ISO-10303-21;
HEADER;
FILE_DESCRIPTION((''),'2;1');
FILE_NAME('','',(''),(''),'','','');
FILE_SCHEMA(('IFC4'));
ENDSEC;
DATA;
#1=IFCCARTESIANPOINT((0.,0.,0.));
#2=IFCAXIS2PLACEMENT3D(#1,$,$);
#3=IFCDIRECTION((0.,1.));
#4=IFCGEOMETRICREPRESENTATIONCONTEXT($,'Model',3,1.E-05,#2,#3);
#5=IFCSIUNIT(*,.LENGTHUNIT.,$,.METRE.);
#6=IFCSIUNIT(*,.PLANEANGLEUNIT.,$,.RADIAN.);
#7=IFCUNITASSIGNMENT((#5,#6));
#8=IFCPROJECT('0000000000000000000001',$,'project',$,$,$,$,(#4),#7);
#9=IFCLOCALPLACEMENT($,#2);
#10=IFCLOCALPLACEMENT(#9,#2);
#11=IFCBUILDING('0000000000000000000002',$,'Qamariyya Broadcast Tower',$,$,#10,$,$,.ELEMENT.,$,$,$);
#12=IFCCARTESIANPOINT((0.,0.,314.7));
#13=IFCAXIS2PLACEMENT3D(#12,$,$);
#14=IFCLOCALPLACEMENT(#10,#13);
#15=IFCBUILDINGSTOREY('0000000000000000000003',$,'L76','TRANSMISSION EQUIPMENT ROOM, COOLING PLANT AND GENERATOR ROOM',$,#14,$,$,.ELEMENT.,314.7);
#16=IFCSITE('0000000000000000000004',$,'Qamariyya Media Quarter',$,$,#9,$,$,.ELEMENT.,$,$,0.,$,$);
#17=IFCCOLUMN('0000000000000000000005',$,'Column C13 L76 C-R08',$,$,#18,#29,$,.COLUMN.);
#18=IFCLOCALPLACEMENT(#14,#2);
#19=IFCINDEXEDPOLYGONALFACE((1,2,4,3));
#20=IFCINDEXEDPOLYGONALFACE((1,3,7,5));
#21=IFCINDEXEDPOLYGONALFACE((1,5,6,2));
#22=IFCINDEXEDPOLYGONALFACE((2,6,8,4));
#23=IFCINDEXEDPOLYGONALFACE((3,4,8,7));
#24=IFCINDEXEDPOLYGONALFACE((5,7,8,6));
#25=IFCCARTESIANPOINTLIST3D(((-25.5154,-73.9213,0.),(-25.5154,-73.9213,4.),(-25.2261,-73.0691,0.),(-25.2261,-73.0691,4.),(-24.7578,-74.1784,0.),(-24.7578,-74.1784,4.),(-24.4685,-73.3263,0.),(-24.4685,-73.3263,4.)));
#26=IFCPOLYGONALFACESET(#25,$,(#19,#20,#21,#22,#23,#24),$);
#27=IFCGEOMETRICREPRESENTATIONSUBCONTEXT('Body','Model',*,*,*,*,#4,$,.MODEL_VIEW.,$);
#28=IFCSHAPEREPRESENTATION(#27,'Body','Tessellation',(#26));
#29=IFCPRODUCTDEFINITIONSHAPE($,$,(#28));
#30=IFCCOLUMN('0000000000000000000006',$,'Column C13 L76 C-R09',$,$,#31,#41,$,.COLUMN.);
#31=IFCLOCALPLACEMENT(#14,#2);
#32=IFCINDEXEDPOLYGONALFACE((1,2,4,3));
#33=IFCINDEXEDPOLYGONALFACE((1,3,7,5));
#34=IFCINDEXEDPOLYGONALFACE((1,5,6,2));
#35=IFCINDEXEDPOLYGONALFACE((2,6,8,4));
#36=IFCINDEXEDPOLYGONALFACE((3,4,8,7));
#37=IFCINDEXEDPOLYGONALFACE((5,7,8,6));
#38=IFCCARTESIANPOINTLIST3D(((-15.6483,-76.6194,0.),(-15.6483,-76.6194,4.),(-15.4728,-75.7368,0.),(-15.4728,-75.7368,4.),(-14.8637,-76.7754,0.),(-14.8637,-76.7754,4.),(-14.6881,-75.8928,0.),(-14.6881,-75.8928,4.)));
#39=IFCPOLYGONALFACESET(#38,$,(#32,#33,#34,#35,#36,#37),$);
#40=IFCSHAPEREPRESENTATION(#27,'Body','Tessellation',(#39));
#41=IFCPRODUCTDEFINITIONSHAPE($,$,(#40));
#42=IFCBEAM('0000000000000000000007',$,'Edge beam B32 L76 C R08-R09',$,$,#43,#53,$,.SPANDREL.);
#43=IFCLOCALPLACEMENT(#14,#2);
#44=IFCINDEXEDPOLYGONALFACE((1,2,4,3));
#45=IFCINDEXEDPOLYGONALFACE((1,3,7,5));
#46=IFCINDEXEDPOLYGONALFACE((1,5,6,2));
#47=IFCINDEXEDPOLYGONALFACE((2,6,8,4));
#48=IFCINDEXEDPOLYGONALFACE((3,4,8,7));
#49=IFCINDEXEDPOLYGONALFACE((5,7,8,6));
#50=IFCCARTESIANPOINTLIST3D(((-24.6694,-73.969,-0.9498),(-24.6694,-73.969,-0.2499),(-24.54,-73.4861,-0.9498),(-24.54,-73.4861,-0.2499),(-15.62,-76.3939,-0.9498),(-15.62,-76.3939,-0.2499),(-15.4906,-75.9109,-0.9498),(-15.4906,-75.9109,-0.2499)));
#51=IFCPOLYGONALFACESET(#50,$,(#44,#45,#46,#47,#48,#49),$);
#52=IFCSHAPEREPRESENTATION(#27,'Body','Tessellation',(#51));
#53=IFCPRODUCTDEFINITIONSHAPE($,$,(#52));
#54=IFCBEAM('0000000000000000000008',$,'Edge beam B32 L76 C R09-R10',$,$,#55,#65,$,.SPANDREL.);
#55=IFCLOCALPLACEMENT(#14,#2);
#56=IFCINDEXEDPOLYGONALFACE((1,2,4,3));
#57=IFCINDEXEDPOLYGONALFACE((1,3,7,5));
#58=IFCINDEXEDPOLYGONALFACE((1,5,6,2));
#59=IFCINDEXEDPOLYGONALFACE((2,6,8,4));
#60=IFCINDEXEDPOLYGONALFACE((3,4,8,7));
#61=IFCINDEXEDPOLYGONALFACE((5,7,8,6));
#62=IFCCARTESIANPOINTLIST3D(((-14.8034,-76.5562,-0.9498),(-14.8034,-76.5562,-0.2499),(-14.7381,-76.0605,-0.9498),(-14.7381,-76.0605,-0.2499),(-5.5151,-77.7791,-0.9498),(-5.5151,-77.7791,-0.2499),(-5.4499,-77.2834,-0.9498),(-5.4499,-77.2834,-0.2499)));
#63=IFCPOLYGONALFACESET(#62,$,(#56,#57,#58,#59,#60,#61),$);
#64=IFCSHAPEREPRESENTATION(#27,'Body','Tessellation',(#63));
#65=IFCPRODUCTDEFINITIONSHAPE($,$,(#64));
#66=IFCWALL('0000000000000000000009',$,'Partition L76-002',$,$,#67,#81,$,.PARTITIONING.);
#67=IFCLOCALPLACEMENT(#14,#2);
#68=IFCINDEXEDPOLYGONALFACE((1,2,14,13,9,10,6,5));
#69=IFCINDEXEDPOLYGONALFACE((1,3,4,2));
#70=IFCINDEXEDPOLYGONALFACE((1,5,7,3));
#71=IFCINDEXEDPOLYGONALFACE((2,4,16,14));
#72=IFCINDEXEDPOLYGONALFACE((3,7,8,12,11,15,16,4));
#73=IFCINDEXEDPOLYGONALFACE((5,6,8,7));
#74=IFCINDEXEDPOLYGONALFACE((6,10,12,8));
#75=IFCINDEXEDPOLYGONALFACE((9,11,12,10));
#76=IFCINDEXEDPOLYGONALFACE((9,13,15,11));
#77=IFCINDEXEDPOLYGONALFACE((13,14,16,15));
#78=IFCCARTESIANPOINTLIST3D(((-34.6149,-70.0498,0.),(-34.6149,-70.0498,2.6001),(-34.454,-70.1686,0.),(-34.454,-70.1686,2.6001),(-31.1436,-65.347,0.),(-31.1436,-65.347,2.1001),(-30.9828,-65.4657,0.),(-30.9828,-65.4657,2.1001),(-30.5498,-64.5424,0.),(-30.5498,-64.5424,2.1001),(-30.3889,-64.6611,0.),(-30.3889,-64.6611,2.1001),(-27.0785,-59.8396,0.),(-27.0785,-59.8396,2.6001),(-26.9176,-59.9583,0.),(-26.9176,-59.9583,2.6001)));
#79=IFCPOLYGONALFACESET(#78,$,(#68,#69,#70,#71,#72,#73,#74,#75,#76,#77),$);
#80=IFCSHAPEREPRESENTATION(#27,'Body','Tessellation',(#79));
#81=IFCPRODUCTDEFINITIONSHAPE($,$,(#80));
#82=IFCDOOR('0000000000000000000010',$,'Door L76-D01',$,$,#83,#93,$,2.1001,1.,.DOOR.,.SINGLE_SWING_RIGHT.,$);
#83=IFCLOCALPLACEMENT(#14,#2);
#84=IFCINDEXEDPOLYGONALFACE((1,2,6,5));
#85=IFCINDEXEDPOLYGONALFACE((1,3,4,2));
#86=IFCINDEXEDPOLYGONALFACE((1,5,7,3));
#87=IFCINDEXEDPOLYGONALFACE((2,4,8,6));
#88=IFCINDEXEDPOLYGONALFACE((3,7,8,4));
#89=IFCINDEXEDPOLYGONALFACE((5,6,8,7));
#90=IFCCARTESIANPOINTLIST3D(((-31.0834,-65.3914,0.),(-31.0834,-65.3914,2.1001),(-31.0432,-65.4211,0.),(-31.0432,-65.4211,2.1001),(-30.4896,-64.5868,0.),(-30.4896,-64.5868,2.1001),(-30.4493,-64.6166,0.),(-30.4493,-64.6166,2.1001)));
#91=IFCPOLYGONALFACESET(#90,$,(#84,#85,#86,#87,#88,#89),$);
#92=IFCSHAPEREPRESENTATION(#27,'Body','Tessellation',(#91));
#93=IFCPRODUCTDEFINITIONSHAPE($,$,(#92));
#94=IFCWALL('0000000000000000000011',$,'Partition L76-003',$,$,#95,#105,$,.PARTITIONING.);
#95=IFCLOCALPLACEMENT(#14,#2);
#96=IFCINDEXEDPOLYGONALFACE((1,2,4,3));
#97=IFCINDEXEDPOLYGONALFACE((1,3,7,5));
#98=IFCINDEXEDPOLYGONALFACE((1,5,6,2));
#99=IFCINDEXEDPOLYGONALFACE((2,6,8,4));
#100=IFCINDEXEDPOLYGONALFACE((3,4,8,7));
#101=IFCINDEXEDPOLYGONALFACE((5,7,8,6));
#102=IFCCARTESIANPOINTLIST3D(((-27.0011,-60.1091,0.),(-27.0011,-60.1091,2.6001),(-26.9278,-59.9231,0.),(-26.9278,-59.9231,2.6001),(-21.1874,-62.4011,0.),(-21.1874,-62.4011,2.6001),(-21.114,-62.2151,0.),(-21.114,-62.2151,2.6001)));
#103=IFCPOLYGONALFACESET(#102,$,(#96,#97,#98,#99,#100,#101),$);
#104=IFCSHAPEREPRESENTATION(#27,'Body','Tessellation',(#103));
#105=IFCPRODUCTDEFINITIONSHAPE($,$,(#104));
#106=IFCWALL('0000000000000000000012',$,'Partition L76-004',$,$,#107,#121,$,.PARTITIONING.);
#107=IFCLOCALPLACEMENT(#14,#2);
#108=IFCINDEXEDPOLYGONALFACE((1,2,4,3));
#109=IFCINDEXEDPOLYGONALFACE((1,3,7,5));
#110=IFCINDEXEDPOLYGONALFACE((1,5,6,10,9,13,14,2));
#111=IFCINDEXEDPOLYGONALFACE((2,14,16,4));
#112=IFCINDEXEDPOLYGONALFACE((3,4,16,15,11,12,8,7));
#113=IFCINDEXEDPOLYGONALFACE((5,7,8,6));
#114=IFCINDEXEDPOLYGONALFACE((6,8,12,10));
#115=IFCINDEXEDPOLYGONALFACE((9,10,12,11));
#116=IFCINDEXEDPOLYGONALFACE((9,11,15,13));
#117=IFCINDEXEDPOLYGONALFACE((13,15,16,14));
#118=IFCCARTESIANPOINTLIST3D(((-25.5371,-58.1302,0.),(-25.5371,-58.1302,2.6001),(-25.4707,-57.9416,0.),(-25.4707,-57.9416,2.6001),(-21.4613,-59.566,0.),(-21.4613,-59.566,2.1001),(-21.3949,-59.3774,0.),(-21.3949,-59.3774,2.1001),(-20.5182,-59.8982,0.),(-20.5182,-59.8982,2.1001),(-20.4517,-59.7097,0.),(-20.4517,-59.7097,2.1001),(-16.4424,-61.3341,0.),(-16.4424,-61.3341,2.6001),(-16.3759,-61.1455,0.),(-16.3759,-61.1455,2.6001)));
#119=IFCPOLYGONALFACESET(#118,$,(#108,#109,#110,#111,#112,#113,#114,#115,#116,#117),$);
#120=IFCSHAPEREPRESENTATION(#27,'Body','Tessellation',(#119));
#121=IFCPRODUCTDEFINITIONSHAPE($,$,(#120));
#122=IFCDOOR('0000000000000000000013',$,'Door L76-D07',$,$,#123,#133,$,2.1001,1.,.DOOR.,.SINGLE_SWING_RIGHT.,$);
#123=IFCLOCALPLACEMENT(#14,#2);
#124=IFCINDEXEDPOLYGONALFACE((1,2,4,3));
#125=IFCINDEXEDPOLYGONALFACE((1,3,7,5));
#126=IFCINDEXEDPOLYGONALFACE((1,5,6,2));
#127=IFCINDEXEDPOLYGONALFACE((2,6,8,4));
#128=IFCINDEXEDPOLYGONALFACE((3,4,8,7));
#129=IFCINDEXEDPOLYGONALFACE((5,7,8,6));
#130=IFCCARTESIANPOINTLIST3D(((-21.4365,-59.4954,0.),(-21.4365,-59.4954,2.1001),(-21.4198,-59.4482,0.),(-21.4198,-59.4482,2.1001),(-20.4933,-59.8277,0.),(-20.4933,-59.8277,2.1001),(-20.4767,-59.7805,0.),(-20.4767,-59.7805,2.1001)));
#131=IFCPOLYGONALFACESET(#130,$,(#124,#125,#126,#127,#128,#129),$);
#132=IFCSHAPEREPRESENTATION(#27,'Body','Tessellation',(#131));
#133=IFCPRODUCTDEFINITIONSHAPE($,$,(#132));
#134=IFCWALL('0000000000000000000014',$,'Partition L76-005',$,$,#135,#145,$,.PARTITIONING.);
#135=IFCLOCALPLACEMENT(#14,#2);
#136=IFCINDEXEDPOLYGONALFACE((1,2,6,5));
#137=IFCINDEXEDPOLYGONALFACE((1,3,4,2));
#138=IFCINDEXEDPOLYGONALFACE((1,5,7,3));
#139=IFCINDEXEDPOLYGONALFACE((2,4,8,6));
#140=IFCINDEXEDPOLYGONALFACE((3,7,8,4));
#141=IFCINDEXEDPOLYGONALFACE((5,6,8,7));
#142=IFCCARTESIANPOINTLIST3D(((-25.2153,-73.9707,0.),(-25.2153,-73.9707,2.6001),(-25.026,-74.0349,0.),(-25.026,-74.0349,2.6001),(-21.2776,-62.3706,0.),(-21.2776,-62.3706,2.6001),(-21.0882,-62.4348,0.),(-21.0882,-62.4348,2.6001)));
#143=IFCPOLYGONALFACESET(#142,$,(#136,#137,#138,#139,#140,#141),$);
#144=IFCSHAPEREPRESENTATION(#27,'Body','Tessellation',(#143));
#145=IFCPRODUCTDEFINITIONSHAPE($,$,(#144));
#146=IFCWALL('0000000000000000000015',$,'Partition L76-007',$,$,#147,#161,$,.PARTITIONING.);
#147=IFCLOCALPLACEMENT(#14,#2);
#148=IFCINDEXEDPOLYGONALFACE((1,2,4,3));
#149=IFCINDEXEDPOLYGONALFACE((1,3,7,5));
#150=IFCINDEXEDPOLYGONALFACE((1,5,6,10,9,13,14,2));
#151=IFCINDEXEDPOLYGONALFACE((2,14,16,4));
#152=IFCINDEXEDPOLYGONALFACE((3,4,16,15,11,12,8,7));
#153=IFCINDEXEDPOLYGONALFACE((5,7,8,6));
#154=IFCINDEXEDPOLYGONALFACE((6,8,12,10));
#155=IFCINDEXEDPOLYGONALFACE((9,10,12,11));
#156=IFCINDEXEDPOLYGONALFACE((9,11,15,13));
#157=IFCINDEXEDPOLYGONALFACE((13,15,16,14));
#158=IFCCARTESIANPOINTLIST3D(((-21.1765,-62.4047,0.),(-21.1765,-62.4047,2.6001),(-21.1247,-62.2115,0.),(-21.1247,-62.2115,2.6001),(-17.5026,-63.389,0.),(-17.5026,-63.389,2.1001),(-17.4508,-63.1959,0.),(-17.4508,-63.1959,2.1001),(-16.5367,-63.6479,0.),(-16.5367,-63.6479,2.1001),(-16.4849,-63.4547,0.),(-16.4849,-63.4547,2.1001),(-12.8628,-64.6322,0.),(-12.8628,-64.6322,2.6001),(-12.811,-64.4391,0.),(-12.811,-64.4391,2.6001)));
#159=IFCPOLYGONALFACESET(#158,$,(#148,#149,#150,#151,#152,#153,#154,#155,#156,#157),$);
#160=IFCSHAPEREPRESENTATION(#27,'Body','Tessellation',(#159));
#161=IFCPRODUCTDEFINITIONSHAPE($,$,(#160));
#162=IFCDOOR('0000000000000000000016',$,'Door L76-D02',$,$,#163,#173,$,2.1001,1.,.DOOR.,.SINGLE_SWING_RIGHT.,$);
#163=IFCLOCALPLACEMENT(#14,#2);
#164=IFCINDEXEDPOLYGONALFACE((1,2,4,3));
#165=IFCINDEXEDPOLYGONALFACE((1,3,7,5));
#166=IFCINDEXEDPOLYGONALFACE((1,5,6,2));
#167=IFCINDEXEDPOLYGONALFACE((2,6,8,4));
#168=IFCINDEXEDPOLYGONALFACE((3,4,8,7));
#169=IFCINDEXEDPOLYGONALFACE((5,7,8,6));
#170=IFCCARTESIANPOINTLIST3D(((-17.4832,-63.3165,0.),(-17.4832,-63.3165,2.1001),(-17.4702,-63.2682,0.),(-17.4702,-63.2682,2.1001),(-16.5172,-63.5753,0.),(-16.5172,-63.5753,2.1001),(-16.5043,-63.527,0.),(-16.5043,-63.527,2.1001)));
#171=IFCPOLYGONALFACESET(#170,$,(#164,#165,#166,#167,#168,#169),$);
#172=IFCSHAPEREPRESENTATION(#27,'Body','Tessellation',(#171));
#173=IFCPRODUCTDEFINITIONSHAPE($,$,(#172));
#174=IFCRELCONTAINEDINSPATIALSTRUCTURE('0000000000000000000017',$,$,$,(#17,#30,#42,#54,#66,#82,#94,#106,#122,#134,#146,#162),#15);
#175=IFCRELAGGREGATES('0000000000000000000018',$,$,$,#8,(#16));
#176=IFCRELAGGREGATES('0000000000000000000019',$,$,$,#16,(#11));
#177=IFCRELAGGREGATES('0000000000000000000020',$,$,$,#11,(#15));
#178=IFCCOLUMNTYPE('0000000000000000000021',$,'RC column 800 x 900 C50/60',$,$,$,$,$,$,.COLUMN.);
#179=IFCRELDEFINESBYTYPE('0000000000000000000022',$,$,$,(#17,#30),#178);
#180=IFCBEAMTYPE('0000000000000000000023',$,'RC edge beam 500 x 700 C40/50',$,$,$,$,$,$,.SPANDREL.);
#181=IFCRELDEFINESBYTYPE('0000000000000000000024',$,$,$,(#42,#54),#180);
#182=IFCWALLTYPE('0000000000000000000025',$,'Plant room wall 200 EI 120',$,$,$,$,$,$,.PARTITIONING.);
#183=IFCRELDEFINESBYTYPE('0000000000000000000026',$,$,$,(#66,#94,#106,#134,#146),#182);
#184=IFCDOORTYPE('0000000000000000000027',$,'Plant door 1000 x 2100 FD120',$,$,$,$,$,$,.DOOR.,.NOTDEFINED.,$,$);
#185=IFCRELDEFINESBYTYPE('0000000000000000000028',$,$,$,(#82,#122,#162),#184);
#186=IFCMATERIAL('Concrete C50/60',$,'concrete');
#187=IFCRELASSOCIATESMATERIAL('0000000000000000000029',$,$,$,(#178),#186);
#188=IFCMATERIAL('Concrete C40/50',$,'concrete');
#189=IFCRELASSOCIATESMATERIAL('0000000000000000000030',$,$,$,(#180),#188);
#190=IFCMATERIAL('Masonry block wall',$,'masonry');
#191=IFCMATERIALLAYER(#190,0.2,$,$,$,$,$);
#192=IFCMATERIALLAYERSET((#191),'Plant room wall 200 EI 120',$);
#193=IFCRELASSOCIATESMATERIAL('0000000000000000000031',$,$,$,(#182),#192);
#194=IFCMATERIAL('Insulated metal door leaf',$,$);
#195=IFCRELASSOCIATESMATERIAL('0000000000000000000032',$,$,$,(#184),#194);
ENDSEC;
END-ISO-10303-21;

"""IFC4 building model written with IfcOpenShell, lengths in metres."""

from ifc_helpers import new_model, si_unit, direction, frame, frame_2d, origin, origin_2d, place, context, subcontext, project, spatial, rectangle, extrude, material, layer, layer_set, material_profile, profile_set, type_object, element, fill, save


model = new_model("IFC4")

# Units and contexts
model_context = context("Model", 3, precision=1e-05, world=origin(), true_north=direction((0.0, 1.0)))
body_context = subcontext(model_context, "Body", "Model", "MODEL_VIEW")
ifc_project = project(units=[si_unit("LENGTHUNIT", "METRE"), si_unit("PLANEANGLEUNIT", "RADIAN")], contexts=[model_context])

# Site, building, storey
site_placement = place(None, origin())
site = spatial("IfcSite", under=ifc_project, at=site_placement, Name="Qamariyya Media Quarter", CompositionType="ELEMENT", RefElevation=0.0)
building_placement = place(site_placement, origin())
building = spatial("IfcBuilding", under=site, at=building_placement, Name="Qamariyya Broadcast Tower", CompositionType="ELEMENT")
storey_placement = place(building_placement, frame((0.0, 0.0, 314.7)))
storey = spatial("IfcBuildingStorey", under=building, at=storey_placement, Name="L76", Description="TRANSMISSION EQUIPMENT ROOM, COOLING PLANT AND GENERATOR ROOM", CompositionType="ELEMENT", Elevation=314.7)

# Columns
ifc_material_1 = material(Name="Concrete C50/60", Category="concrete")
ifc_material_profile_1 = material_profile(ifc_material_1, rectangle(XDim=0.8, YDim=0.8999, at=origin_2d()))
ifc_profile_set_1 = profile_set([ifc_material_profile_1], Name="Concrete C50/60")
column_type = type_object("IfcColumnType", Name="RC column 800 x 900 C50/60", PredefinedType="COLUMN", material=ifc_profile_set_1)
for number, where, z_axis, x_axis, name in (
    (1, (-24.9919, -73.6238, 0.0), (0.0, 0.0, 1.0), (0.94693, -0.321439, 0.0), "Column C13 L76 C-R08"),
    (2, (-15.1682, -76.2561, 0.0), (0.0, 0.0, 1.0), (0.980785, -0.19509, 0.0), "Column C13 L76 C-R09"),
):
    element("IfcColumn", number, at=place(storey_placement, frame(where, z_axis=z_axis, x_axis=x_axis)), inside=storey, type_object=column_type, Name=name, PredefinedType="COLUMN", context=body_context, shape_type="SweptSolid", body=[
        extrude(rectangle(XDim=0.8, YDim=0.8999, at=origin_2d()), origin(), (0.0, 0.0, 1.0), 4.0),
    ])

# Beams
ifc_material_2 = material(Name="Concrete C40/50", Category="concrete")
ifc_material_profile_2 = material_profile(ifc_material_2, rectangle(XDim=0.5, YDim=0.7, at=origin_2d()))
ifc_profile_set_2 = profile_set([ifc_material_profile_2], Name="Concrete C40/50")
beam_type = type_object("IfcBeamType", Name="RC edge beam 500 x 700 C40/50", PredefinedType="SPANDREL", material=ifc_profile_set_2)
beam_1_placement = place(storey_placement, frame((-24.6047, -73.7275, -0.5999), z_axis=(0.965925, -0.258824, 0.0), x_axis=(0.258824, 0.965925, 0.0)))
element("IfcBeam", 3, at=beam_1_placement, inside=storey, type_object=beam_type, Name="Edge beam B32 L76 C R08-R09", PredefinedType="SPANDREL", context=body_context, shape_type="SweptSolid", body=[
    extrude(rectangle(XDim=0.5, YDim=0.7, at=origin_2d()), origin(), (0.0, 0.0, 1.0), 9.3687),
])
beam_2_placement = place(storey_placement, frame((-14.7708, -76.3083, -0.5999), z_axis=(0.991444, -0.130533, 0.0), x_axis=(0.130533, 0.991444, 0.0)))
element("IfcBeam", 4, at=beam_2_placement, inside=storey, type_object=beam_type, Name="Edge beam B32 L76 C R09-R10", PredefinedType="SPANDREL", context=body_context, shape_type="SweptSolid", body=[
    extrude(rectangle(XDim=0.5, YDim=0.7, at=origin_2d()), origin(), (0.0, 0.0, 1.0), 9.3684),
])

# Wall, opening, door
ifc_material_3 = material(Name="Masonry block wall", Category="masonry")
ifc_layer_1 = layer(ifc_material_3, 0.2)
ifc_layer_set_1 = layer_set([ifc_layer_1], Name="Plant room wall 200 EI 120")
wall_type_1 = type_object("IfcWallType", Name="Plant room wall 200 EI 120", PredefinedType="PARTITIONING", material=ifc_layer_set_1)
wall_1_placement = place(storey_placement, frame((-26.998, -59.8989, 0.0), z_axis=(0.0, 0.0, 1.0), x_axis=(-0.593866, -0.804564, 0.0)))
wall_1 = element("IfcWall", 5, at=wall_1_placement, inside=storey, type_object=wall_type_1, Name="Partition L76-002", PredefinedType="PARTITIONING", context=body_context, shape_type="SweptSolid", body=[
    extrude(rectangle(XDim=12.6904, YDim=0.2, at=frame_2d((6.3452, 0.0))), origin(), (0.0, 0.0, 1.0), 2.6001),
])
opening_1_placement = place(wall_1_placement, frame((5.8452, 0.0, 0.0)))
opening_1 = element("IfcOpeningElement", 6, at=opening_1_placement, cuts=wall_1, PredefinedType="OPENING", context=body_context, shape_type="SweptSolid", body=[
    extrude(rectangle(XDim=1.0, YDim=2.1001, at=frame_2d((0.5, 1.05))), frame((0.0, 0.1099, 0.0), z_axis=(0.0, -1.0, 0.0), x_axis=(1.0, 0.0, 0.0)), (0.0, 0.0, 1.0), 0.22),
])
ifc_material_4 = material(Name="Insulated metal door leaf")
door_type = type_object("IfcDoorType", Name="Plant door 1000 x 2100 FD120", OperationType="NOTDEFINED", PredefinedType="DOOR", material=ifc_material_4)
door_1_placement = place(opening_1_placement, origin())
door_1 = element("IfcDoor", 7, at=door_1_placement, inside=storey, type_object=door_type, Name="Door L76-D01", OperationType="SINGLE_SWING_RIGHT", OverallHeight=2.1001, OverallWidth=1.0, PredefinedType="DOOR", context=body_context, shape_type="SweptSolid", body=[
    extrude(rectangle(XDim=1.0, YDim=2.1001, at=frame_2d((0.5, 1.05))), frame((0.0, 0.0249, 0.0), z_axis=(0.0, -1.0, 0.0), x_axis=(1.0, 0.0, 0.0)), (0.0, 0.0, 1.0), 0.05),
])
fill(opening_1, door_1)

# Wall
wall_2_placement = place(storey_placement, frame((-26.9644, -60.0161, 0.0), z_axis=(0.0, 0.0, 1.0), x_axis=(0.930313, -0.366765, 0.0)))
element("IfcWall", 8, at=wall_2_placement, inside=storey, type_object=wall_type_1, Name="Partition L76-003", PredefinedType="PARTITIONING", context=body_context, shape_type="SweptSolid", body=[
    extrude(rectangle(XDim=6.2493, YDim=0.2, at=frame_2d((3.1245, 0.0))), origin(), (0.0, 0.0, 1.0), 2.6001),
])

# Wall, opening, door
wall_3_placement = place(storey_placement, frame((-25.5039, -58.0359, 0.0), z_axis=(0.0, 0.0, 1.0), x_axis=(0.943187, -0.332262, 0.0)))
wall_3 = element("IfcWall", 9, at=wall_3_placement, inside=storey, type_object=wall_type_1, Name="Partition L76-004", PredefinedType="PARTITIONING", context=body_context, shape_type="SweptSolid", body=[
    extrude(rectangle(XDim=9.6426, YDim=0.2, at=frame_2d((4.8213, 0.0))), origin(), (0.0, 0.0, 1.0), 2.6001),
])
opening_2_placement = place(wall_3_placement, frame((4.3213, 0.0, 0.0)))
opening_2 = element("IfcOpeningElement", 10, at=opening_2_placement, cuts=wall_3, PredefinedType="OPENING", context=body_context, shape_type="SweptSolid", body=[
    extrude(rectangle(XDim=1.0, YDim=2.1001, at=frame_2d((0.5, 1.05))), frame((0.0, 0.1099, 0.0), z_axis=(0.0, -1.0, 0.0), x_axis=(1.0, 0.0, 0.0)), (0.0, 0.0, 1.0), 0.22),
])
door_2_placement = place(opening_2_placement, origin())
door_2 = element("IfcDoor", 11, at=door_2_placement, inside=storey, type_object=door_type, Name="Door L76-D07", OperationType="SINGLE_SWING_RIGHT", OverallHeight=2.1001, OverallWidth=1.0, PredefinedType="DOOR", context=body_context, shape_type="SweptSolid", body=[
    extrude(rectangle(XDim=1.0, YDim=2.1001, at=frame_2d((0.5, 1.05))), frame((0.0, 0.0249, 0.0), z_axis=(0.0, -1.0, 0.0), x_axis=(1.0, 0.0, 0.0)), (0.0, 0.0, 1.0), 0.05),
])
fill(opening_2, door_2)

# Wall
wall_4_placement = place(storey_placement, frame((-25.1206, -74.0027, 0.0), z_axis=(0.0, 0.0, 1.0), x_axis=(0.321443, 0.946929, 0.0)))
element("IfcWall", 12, at=wall_4_placement, inside=storey, type_object=wall_type_1, Name="Partition L76-005", PredefinedType="PARTITIONING", context=body_context, shape_type="SweptSolid", body=[
    extrude(rectangle(XDim=12.2502, YDim=0.2, at=frame_2d((6.125, 0.0))), origin(), (0.0, 0.0, 1.0), 2.6001),
])

# Wall, opening, door
wall_5_placement = place(storey_placement, frame((-12.8369, -64.5356, 0.0), z_axis=(0.0, 0.0, 1.0), x_axis=(-0.965929, 0.258807, 0.0)))
wall_5 = element("IfcWall", 13, at=wall_5_placement, inside=storey, type_object=wall_type_1, Name="Partition L76-007", PredefinedType="PARTITIONING", context=body_context, shape_type="SweptSolid", body=[
    extrude(rectangle(XDim=8.6069, YDim=0.2, at=frame_2d((4.3035, 0.0))), origin(), (0.0, 0.0, 1.0), 2.6001),
])
opening_3_placement = place(wall_5_placement, frame((3.8035, 0.0, 0.0)))
opening_3 = element("IfcOpeningElement", 14, at=opening_3_placement, cuts=wall_5, PredefinedType="OPENING", context=body_context, shape_type="SweptSolid", body=[
    extrude(rectangle(XDim=1.0, YDim=2.1001, at=frame_2d((0.5, 1.05))), frame((0.0, 0.1099, 0.0), z_axis=(0.0, -1.0, 0.0), x_axis=(1.0, 0.0, 0.0)), (0.0, 0.0, 1.0), 0.22),
])
door_3_placement = place(opening_3_placement, origin())
door_3 = element("IfcDoor", 15, at=door_3_placement, inside=storey, type_object=door_type, Name="Door L76-D02", OperationType="SINGLE_SWING_RIGHT", OverallHeight=2.1001, OverallWidth=1.0, PredefinedType="DOOR", context=body_context, shape_type="SweptSolid", body=[
    extrude(rectangle(XDim=1.0, YDim=2.1001, at=frame_2d((0.5, 1.05))), frame((0.0, 0.0249, 0.0), z_axis=(0.0, -1.0, 0.0), x_axis=(1.0, 0.0, 0.0)), (0.0, 0.0, 1.0), 0.05),
])
fill(opening_3, door_3)

save(model, "model.ifc")
